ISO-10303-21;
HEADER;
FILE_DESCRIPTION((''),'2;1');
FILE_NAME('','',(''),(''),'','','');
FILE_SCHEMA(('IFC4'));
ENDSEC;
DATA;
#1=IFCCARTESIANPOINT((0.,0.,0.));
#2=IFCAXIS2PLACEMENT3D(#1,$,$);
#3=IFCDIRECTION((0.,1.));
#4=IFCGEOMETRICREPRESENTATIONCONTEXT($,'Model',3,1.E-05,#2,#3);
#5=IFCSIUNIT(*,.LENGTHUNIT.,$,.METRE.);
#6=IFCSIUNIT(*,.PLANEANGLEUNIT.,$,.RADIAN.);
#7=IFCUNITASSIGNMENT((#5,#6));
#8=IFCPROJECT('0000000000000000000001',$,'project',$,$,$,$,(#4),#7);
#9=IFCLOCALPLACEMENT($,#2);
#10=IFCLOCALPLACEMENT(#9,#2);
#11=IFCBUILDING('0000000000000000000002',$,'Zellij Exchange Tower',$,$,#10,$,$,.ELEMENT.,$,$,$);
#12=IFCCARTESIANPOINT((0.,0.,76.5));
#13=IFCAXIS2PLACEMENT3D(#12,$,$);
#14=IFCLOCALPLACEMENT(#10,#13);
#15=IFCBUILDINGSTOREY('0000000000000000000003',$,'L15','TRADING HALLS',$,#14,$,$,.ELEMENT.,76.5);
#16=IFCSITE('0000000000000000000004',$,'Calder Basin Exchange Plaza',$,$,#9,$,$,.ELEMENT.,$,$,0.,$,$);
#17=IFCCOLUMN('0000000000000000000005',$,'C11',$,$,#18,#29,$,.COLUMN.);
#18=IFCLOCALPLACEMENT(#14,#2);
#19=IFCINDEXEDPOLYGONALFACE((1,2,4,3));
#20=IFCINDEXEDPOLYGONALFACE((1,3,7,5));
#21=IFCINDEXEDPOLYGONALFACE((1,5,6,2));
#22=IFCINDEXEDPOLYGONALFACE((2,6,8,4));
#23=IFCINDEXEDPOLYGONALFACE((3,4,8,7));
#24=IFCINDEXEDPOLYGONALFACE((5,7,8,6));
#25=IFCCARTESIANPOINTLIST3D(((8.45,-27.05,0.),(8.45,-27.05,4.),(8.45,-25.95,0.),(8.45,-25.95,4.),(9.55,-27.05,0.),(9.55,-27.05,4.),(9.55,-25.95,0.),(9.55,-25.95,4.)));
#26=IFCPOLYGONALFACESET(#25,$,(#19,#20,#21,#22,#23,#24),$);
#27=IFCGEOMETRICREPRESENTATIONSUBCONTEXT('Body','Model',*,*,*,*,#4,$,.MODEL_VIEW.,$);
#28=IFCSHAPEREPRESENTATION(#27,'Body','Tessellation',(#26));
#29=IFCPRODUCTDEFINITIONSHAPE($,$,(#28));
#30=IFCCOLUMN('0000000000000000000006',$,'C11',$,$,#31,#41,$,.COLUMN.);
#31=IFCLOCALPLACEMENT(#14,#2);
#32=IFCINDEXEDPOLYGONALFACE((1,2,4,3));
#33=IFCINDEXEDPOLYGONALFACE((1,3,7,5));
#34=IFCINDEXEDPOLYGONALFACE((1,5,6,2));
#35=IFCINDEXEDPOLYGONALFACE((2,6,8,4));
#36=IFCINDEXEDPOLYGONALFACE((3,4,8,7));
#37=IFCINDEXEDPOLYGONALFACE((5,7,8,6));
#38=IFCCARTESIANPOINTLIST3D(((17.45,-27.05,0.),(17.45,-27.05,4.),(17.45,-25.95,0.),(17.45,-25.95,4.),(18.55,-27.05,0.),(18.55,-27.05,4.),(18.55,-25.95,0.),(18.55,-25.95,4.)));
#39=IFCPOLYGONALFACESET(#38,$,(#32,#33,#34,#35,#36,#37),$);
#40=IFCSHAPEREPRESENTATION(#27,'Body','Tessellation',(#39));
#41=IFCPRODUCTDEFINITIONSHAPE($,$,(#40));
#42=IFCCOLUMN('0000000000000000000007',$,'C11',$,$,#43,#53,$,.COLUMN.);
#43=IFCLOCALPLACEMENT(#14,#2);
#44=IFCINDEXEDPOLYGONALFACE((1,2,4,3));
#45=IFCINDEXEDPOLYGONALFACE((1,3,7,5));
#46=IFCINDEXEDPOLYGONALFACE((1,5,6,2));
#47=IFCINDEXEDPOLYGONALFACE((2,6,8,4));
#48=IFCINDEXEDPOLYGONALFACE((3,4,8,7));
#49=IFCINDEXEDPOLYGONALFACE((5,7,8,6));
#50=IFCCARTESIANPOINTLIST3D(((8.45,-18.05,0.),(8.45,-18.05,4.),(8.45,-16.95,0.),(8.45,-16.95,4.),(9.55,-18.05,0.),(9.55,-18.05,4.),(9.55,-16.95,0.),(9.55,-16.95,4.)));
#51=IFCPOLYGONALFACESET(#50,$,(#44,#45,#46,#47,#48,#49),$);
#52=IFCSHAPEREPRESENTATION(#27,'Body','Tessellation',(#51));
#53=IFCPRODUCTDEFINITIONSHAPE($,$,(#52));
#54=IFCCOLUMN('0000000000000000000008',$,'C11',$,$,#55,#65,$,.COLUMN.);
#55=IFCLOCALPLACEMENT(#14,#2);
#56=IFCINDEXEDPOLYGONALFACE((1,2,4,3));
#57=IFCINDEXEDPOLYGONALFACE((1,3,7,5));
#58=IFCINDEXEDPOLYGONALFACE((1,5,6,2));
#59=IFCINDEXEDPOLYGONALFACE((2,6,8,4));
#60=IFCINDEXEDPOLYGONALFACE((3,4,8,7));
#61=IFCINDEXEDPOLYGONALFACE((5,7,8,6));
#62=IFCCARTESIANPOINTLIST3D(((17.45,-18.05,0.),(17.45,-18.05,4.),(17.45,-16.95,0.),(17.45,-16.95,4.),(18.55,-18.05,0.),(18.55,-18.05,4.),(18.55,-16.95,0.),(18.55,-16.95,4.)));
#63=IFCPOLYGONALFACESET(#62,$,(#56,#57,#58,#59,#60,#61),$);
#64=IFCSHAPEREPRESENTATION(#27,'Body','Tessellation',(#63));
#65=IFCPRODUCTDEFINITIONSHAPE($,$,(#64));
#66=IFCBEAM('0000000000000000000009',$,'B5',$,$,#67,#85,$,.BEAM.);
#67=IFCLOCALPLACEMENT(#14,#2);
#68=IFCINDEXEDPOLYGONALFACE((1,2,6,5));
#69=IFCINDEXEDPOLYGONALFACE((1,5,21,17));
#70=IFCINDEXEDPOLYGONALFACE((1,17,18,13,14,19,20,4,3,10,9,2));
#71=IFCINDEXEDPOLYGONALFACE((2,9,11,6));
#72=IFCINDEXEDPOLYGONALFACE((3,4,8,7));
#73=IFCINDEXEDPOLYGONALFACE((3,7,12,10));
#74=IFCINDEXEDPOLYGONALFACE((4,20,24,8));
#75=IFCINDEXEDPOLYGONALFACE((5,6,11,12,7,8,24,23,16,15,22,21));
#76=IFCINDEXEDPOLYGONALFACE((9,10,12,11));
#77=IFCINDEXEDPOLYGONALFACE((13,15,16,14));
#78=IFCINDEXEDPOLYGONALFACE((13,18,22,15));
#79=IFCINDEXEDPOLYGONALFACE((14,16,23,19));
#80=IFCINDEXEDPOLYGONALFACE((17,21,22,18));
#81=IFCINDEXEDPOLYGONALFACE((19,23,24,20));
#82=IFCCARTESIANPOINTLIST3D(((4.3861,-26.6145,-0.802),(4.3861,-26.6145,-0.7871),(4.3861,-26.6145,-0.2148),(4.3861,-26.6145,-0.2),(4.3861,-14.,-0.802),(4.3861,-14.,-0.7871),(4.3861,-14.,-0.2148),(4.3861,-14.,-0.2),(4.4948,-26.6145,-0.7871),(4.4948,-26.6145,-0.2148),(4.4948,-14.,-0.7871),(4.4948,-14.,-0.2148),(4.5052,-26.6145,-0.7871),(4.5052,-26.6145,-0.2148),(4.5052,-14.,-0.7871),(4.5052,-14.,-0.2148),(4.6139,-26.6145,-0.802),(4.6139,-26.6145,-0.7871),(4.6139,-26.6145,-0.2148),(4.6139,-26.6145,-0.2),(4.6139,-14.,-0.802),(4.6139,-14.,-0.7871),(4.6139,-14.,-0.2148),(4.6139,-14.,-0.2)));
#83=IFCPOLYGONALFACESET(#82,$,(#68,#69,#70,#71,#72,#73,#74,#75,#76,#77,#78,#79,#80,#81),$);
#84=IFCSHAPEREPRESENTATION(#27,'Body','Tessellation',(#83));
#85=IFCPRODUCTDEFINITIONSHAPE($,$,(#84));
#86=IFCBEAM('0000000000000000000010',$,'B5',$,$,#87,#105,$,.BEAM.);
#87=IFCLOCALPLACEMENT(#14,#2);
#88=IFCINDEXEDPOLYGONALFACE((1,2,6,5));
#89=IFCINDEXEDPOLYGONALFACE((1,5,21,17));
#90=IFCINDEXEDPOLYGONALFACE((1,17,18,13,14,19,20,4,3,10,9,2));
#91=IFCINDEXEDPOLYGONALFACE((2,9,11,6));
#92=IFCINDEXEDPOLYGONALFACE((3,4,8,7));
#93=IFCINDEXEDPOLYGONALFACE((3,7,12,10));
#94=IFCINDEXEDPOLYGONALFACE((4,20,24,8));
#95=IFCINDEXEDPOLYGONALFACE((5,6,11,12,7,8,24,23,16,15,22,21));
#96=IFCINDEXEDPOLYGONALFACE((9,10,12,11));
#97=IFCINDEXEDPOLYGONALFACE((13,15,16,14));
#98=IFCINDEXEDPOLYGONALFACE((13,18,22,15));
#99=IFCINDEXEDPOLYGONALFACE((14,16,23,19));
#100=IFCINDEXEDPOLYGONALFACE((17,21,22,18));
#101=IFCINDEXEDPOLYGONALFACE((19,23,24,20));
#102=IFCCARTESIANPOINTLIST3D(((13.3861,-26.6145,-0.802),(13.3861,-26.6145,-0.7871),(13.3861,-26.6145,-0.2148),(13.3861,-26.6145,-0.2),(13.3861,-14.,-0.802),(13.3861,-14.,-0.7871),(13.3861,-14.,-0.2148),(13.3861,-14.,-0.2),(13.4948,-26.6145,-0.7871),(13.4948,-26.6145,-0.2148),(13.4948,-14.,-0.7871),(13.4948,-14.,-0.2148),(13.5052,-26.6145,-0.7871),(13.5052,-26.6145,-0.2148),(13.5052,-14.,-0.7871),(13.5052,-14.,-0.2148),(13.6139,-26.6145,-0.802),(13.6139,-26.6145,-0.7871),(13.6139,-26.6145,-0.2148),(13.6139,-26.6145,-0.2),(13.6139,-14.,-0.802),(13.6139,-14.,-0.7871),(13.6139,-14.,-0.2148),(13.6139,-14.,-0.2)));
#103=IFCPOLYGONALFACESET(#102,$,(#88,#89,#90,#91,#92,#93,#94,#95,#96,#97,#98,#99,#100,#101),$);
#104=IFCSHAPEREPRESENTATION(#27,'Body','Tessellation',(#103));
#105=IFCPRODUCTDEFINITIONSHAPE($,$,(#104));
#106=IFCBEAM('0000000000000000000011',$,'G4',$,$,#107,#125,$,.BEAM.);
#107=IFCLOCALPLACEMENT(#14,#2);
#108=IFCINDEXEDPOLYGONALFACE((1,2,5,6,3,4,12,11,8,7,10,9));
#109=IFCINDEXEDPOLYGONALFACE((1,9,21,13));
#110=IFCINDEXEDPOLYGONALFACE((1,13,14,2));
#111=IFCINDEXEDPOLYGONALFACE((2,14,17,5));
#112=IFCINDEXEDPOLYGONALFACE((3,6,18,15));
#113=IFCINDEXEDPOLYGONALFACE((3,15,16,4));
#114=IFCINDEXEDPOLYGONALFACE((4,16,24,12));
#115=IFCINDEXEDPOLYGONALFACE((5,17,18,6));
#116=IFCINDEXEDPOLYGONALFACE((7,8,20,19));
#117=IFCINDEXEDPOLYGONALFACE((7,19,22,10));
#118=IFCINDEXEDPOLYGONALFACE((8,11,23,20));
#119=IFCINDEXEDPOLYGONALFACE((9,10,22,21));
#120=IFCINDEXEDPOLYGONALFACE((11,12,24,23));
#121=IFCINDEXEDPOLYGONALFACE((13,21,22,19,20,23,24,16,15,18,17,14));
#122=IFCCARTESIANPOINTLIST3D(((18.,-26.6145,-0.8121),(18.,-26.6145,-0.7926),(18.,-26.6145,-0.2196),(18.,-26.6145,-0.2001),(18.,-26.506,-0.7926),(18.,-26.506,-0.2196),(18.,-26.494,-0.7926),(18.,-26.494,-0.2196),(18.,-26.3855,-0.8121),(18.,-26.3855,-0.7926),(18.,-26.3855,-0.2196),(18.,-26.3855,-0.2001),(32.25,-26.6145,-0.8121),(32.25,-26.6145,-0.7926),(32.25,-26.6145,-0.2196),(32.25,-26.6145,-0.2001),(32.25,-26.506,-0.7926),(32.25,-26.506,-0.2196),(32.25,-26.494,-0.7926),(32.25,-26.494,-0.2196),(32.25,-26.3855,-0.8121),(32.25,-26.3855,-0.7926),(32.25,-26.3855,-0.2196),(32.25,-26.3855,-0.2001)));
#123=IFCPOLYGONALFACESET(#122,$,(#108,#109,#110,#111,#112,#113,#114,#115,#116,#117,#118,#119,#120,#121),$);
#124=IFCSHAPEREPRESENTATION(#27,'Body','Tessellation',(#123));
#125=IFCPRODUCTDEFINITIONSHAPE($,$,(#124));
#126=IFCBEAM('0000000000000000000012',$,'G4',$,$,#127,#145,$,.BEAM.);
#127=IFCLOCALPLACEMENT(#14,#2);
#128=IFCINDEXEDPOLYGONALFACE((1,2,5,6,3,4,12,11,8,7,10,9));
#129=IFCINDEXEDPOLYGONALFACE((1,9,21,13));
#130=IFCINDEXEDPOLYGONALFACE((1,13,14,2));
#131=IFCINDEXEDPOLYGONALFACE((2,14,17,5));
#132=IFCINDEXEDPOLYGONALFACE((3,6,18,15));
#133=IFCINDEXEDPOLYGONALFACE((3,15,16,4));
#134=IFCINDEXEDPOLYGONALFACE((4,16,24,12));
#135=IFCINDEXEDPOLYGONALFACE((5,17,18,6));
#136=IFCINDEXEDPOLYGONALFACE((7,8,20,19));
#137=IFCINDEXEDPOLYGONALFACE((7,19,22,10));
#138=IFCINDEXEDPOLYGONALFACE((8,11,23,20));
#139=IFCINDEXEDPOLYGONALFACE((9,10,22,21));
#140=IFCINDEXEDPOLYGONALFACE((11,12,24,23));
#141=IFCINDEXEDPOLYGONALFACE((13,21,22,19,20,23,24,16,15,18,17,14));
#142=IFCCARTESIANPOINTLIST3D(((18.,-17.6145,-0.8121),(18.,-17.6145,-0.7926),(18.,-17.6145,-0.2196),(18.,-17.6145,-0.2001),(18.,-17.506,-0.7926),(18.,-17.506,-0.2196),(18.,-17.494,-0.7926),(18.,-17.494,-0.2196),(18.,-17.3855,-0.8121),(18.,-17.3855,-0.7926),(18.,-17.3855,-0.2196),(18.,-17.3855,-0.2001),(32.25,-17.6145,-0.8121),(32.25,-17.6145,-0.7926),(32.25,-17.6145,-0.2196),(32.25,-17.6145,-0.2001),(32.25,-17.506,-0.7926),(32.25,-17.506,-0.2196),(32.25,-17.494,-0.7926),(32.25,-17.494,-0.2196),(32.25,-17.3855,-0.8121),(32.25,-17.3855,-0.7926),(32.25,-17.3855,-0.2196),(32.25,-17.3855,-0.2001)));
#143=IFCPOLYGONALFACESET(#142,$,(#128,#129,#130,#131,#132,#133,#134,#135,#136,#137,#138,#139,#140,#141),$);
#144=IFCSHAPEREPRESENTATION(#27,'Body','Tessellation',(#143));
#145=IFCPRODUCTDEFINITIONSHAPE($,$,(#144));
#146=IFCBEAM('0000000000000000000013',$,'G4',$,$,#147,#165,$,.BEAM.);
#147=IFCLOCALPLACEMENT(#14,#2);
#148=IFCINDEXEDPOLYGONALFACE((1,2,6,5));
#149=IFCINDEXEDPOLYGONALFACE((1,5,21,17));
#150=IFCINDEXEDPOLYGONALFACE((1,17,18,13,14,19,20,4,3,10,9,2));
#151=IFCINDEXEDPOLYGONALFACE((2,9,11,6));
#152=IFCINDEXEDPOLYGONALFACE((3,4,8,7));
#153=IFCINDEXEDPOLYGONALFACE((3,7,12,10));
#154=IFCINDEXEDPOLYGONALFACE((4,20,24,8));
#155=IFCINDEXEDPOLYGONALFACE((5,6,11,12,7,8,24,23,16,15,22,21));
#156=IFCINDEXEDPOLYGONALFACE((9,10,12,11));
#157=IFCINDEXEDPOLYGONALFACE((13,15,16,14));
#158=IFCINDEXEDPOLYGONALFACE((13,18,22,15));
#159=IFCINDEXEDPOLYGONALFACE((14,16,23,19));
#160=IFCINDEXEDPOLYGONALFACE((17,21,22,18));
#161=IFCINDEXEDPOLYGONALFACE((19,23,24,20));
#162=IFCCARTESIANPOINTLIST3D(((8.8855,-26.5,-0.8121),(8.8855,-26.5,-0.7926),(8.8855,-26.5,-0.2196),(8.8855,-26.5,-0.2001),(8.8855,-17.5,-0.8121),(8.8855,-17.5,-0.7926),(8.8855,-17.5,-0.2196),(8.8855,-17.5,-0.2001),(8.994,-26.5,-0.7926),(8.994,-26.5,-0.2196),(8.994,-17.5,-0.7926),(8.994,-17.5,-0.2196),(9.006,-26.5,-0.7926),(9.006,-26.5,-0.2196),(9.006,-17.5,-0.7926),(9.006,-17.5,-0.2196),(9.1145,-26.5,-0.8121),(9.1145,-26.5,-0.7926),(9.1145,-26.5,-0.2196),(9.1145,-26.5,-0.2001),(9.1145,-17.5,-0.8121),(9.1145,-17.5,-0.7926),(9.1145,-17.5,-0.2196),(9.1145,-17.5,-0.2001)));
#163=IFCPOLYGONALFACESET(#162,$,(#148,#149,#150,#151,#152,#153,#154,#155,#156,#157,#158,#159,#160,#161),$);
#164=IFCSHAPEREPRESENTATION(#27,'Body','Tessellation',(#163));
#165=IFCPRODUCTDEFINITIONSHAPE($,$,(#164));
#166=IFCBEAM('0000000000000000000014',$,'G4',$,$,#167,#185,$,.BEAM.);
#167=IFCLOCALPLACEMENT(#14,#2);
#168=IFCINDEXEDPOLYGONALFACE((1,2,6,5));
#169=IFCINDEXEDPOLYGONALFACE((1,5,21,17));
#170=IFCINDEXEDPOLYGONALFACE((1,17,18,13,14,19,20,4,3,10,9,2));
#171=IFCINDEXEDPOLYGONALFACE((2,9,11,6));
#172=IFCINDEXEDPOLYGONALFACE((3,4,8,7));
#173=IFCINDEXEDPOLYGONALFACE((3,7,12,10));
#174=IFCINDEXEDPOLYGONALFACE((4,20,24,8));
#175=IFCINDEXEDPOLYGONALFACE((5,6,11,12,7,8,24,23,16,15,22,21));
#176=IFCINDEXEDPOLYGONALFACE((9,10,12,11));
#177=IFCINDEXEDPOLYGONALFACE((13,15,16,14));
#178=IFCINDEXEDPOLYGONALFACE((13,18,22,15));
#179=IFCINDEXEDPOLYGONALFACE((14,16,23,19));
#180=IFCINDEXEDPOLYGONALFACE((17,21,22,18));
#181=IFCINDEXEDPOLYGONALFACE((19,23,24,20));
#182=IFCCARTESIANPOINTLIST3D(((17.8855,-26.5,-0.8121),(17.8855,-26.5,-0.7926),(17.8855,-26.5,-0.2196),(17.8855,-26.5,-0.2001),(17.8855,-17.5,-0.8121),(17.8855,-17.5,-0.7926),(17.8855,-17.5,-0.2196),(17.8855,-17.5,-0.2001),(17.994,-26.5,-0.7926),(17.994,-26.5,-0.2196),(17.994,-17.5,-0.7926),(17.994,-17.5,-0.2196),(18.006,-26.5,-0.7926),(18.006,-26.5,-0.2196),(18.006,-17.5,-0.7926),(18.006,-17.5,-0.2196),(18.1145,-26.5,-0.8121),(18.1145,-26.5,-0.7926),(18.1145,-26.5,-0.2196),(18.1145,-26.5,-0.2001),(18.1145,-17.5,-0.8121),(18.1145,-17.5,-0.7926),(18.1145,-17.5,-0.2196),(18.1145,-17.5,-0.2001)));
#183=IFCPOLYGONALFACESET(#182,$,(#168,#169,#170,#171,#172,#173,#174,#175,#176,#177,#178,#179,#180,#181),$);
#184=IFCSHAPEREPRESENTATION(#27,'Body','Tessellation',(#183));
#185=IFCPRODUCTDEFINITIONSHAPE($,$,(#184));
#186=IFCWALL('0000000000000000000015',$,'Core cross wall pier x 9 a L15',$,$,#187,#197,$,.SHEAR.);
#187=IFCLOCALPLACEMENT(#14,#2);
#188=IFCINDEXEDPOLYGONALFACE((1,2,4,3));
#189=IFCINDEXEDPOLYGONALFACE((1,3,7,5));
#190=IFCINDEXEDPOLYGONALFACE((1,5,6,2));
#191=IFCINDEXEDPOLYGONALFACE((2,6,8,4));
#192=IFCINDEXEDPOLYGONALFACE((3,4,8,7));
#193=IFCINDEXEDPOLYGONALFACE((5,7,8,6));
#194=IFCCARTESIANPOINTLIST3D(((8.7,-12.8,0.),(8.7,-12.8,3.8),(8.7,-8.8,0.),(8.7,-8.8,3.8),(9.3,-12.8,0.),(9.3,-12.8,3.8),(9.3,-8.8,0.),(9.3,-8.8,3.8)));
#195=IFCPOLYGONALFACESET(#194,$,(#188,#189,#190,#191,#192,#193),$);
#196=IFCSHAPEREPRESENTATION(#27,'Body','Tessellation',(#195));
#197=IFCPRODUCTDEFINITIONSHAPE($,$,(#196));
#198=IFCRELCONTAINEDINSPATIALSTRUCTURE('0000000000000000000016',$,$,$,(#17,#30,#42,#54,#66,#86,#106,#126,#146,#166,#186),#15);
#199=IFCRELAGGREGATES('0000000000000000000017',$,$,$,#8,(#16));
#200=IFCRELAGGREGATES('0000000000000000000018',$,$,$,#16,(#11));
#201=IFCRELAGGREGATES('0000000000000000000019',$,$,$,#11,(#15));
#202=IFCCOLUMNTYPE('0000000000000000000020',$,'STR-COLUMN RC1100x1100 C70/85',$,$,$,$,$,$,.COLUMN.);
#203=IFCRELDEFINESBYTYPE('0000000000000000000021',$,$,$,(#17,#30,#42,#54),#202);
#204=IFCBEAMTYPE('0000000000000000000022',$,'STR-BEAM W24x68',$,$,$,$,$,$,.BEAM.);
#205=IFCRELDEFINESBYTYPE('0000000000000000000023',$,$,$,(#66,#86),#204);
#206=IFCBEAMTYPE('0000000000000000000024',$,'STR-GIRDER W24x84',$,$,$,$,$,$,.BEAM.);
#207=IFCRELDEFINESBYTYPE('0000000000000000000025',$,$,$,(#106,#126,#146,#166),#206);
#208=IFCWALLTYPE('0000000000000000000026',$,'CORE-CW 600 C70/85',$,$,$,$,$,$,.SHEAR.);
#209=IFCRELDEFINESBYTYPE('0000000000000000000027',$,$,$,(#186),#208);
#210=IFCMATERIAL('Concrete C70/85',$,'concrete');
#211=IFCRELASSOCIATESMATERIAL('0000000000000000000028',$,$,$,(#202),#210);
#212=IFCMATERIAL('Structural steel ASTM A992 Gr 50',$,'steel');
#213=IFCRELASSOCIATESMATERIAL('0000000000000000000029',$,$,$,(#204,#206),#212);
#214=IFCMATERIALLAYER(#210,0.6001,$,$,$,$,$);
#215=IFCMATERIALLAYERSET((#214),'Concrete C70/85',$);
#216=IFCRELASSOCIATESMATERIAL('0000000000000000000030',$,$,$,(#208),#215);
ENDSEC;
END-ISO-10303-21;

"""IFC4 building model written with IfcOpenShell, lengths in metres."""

from ifc_helpers import new_model, si_unit, direction, frame, frame_2d, origin, origin_2d, place, context, subcontext, project, spatial, rectangle, i_section, extrude, material, layer, layer_set, material_profile, profile_set, type_object, element, save


model = new_model("IFC4")

# Units and contexts
model_context = context("Model", 3, precision=1e-05, world=origin(), true_north=direction((0.0, 1.0)))
body_context = subcontext(model_context, "Body", "Model", "MODEL_VIEW")
ifc_project = project(units=[si_unit("LENGTHUNIT", "METRE"), si_unit("PLANEANGLEUNIT", "RADIAN")], contexts=[model_context])

# Site, building, storey
site_placement = place(None, origin())
site = spatial("IfcSite", under=ifc_project, at=site_placement, Name="Calder Basin Exchange Plaza", CompositionType="ELEMENT", RefElevation=0.0)
building_placement = place(site_placement, origin())
building = spatial("IfcBuilding", under=site, at=building_placement, Name="Zellij Exchange Tower", CompositionType="ELEMENT")
storey_placement = place(building_placement, frame((0.0, 0.0, 76.5)))
storey = spatial("IfcBuildingStorey", under=building, at=storey_placement, Name="L15", Description="TRADING HALLS", CompositionType="ELEMENT", Elevation=76.5)

# Columns
ifc_material_1 = material(Name="Concrete C70/85", Category="concrete")
ifc_material_profile_1 = material_profile(ifc_material_1, rectangle(XDim=1.1001, YDim=1.1001, at=origin_2d()), Name="STR-COLUMN RC1100x1100 C70/85")
ifc_profile_set_1 = profile_set([ifc_material_profile_1], Name="Concrete C70/85")
column_type = type_object("IfcColumnType", Name="STR-COLUMN RC1100x1100 C70/85", PredefinedType="COLUMN", material=ifc_profile_set_1)
for number, where, z_axis, x_axis, name in (
    (1, (9.0, -26.5, 0.0), (0.0, 0.0, 1.0), (1.0, 0.0, 0.0), "C11"),
    (2, (18.0, -26.5, 0.0), (0.0, 0.0, 1.0), (1.0, 0.0, 0.0), "C11"),
    (3, (9.0, -17.5, 0.0), (0.0, 0.0, 1.0), (1.0, 0.0, 0.0), "C11"),
    (4, (18.0, -17.5, 0.0), (0.0, 0.0, 1.0), (1.0, 0.0, 0.0), "C11"),
):
    element("IfcColumn", number, at=place(storey_placement, frame(where, z_axis=z_axis, x_axis=x_axis)), inside=storey, type_object=column_type, Name=name, PredefinedType="COLUMN", context=body_context, shape_type="SweptSolid", body=[
        extrude(rectangle(XDim=1.1001, YDim=1.1001, at=origin_2d()), origin(), (0.0, 0.0, 1.0), 4.0),
    ])

# Beams
ifc_material_2 = material(Name="Structural steel ASTM A992 Gr 50", Category="steel")
ifc_material_profile_2 = material_profile(ifc_material_2, i_section(OverallWidth=0.2278, OverallDepth=0.6021, WebThickness=0.0105, FlangeThickness=0.0149, at=origin_2d()), Name="W24x68")
ifc_profile_set_2 = profile_set([ifc_material_profile_2], Name="Structural steel ASTM A992 Gr 50")
beam_type_1 = type_object("IfcBeamType", Name="STR-BEAM W24x68", PredefinedType="BEAM", material=ifc_profile_set_2)
for number, where, z_axis, x_axis, name in (
    (5, (4.5, -26.6145, -0.501), (0.0, 1.0, 0.0), (-1.0, 0.0, 0.0), "B5"),
    (6, (13.5, -26.6145, -0.501), (0.0, 1.0, 0.0), (-1.0, 0.0, 0.0), "B5"),
):
    element("IfcBeam", number, at=place(storey_placement, frame(where, z_axis=z_axis, x_axis=x_axis)), inside=storey, type_object=beam_type_1, Name=name, PredefinedType="BEAM", context=body_context, shape_type="SweptSolid", body=[
        extrude(i_section(OverallWidth=0.2278, OverallDepth=0.6021, WebThickness=0.0105, FlangeThickness=0.0149, at=origin_2d()), origin(), (0.0, 0.0, 1.0), 12.6145),
    ])
ifc_material_profile_3 = material_profile(ifc_material_2, i_section(OverallWidth=0.229, OverallDepth=0.6121, WebThickness=0.012, FlangeThickness=0.0195, at=origin_2d()), Name="W24x84")
ifc_profile_set_3 = profile_set([ifc_material_profile_3], Name="Structural steel ASTM A992 Gr 50")
beam_type_2 = type_object("IfcBeamType", Name="STR-GIRDER W24x84", PredefinedType="BEAM", material=ifc_profile_set_3)
for number, where, z_axis, x_axis, name in (
    (7, (18.0, -26.5, -0.5061), (1.0, 0.0, 0.0), (0.0, 1.0, 0.0), "G4"),
    (8, (18.0, -17.5, -0.5061), (1.0, 0.0, 0.0), (0.0, 1.0, 0.0), "G4"),
):
    element("IfcBeam", number, at=place(storey_placement, frame(where, z_axis=z_axis, x_axis=x_axis)), inside=storey, type_object=beam_type_2, Name=name, PredefinedType="BEAM", context=body_context, shape_type="SweptSolid", body=[
        extrude(i_section(OverallWidth=0.229, OverallDepth=0.6121, WebThickness=0.012, FlangeThickness=0.0195, at=origin_2d()), origin(), (0.0, 0.0, 1.0), 14.25),
    ])
for number, where, z_axis, x_axis, name in (
    (9, (9.0, -26.5, -0.5061), (0.0, 1.0, 0.0), (-1.0, 0.0, 0.0), "G4"),
    (10, (18.0, -26.5, -0.5061), (0.0, 1.0, 0.0), (-1.0, 0.0, 0.0), "G4"),
):
    element("IfcBeam", number, at=place(storey_placement, frame(where, z_axis=z_axis, x_axis=x_axis)), inside=storey, type_object=beam_type_2, Name=name, PredefinedType="BEAM", context=body_context, shape_type="SweptSolid", body=[
        extrude(i_section(OverallWidth=0.229, OverallDepth=0.6121, WebThickness=0.012, FlangeThickness=0.0195, at=origin_2d()), origin(), (0.0, 0.0, 1.0), 9.0),
    ])

# Wall
ifc_layer_1 = layer(ifc_material_1, 0.6001)
ifc_layer_set_1 = layer_set([ifc_layer_1], Name="Concrete C70/85")
wall_type_1 = type_object("IfcWallType", Name="CORE-CW 600 C70/85", PredefinedType="SHEAR", material=ifc_layer_set_1)
wall_1_placement = place(storey_placement, frame((9.0, -12.8, 0.0), z_axis=(0.0, 0.0, 1.0), x_axis=(0.0, 1.0, 0.0)))
element("IfcWall", 11, at=wall_1_placement, inside=storey, type_object=wall_type_1, Name="Core cross wall pier x 9 a L15", PredefinedType="SHEAR", context=body_context, shape_type="SweptSolid", body=[
    extrude(rectangle(XDim=4.0, YDim=0.6001, at=frame_2d((2.0, 0.0))), origin(), (0.0, 0.0, 1.0), 3.8),
])

save(model, "model.ifc")
